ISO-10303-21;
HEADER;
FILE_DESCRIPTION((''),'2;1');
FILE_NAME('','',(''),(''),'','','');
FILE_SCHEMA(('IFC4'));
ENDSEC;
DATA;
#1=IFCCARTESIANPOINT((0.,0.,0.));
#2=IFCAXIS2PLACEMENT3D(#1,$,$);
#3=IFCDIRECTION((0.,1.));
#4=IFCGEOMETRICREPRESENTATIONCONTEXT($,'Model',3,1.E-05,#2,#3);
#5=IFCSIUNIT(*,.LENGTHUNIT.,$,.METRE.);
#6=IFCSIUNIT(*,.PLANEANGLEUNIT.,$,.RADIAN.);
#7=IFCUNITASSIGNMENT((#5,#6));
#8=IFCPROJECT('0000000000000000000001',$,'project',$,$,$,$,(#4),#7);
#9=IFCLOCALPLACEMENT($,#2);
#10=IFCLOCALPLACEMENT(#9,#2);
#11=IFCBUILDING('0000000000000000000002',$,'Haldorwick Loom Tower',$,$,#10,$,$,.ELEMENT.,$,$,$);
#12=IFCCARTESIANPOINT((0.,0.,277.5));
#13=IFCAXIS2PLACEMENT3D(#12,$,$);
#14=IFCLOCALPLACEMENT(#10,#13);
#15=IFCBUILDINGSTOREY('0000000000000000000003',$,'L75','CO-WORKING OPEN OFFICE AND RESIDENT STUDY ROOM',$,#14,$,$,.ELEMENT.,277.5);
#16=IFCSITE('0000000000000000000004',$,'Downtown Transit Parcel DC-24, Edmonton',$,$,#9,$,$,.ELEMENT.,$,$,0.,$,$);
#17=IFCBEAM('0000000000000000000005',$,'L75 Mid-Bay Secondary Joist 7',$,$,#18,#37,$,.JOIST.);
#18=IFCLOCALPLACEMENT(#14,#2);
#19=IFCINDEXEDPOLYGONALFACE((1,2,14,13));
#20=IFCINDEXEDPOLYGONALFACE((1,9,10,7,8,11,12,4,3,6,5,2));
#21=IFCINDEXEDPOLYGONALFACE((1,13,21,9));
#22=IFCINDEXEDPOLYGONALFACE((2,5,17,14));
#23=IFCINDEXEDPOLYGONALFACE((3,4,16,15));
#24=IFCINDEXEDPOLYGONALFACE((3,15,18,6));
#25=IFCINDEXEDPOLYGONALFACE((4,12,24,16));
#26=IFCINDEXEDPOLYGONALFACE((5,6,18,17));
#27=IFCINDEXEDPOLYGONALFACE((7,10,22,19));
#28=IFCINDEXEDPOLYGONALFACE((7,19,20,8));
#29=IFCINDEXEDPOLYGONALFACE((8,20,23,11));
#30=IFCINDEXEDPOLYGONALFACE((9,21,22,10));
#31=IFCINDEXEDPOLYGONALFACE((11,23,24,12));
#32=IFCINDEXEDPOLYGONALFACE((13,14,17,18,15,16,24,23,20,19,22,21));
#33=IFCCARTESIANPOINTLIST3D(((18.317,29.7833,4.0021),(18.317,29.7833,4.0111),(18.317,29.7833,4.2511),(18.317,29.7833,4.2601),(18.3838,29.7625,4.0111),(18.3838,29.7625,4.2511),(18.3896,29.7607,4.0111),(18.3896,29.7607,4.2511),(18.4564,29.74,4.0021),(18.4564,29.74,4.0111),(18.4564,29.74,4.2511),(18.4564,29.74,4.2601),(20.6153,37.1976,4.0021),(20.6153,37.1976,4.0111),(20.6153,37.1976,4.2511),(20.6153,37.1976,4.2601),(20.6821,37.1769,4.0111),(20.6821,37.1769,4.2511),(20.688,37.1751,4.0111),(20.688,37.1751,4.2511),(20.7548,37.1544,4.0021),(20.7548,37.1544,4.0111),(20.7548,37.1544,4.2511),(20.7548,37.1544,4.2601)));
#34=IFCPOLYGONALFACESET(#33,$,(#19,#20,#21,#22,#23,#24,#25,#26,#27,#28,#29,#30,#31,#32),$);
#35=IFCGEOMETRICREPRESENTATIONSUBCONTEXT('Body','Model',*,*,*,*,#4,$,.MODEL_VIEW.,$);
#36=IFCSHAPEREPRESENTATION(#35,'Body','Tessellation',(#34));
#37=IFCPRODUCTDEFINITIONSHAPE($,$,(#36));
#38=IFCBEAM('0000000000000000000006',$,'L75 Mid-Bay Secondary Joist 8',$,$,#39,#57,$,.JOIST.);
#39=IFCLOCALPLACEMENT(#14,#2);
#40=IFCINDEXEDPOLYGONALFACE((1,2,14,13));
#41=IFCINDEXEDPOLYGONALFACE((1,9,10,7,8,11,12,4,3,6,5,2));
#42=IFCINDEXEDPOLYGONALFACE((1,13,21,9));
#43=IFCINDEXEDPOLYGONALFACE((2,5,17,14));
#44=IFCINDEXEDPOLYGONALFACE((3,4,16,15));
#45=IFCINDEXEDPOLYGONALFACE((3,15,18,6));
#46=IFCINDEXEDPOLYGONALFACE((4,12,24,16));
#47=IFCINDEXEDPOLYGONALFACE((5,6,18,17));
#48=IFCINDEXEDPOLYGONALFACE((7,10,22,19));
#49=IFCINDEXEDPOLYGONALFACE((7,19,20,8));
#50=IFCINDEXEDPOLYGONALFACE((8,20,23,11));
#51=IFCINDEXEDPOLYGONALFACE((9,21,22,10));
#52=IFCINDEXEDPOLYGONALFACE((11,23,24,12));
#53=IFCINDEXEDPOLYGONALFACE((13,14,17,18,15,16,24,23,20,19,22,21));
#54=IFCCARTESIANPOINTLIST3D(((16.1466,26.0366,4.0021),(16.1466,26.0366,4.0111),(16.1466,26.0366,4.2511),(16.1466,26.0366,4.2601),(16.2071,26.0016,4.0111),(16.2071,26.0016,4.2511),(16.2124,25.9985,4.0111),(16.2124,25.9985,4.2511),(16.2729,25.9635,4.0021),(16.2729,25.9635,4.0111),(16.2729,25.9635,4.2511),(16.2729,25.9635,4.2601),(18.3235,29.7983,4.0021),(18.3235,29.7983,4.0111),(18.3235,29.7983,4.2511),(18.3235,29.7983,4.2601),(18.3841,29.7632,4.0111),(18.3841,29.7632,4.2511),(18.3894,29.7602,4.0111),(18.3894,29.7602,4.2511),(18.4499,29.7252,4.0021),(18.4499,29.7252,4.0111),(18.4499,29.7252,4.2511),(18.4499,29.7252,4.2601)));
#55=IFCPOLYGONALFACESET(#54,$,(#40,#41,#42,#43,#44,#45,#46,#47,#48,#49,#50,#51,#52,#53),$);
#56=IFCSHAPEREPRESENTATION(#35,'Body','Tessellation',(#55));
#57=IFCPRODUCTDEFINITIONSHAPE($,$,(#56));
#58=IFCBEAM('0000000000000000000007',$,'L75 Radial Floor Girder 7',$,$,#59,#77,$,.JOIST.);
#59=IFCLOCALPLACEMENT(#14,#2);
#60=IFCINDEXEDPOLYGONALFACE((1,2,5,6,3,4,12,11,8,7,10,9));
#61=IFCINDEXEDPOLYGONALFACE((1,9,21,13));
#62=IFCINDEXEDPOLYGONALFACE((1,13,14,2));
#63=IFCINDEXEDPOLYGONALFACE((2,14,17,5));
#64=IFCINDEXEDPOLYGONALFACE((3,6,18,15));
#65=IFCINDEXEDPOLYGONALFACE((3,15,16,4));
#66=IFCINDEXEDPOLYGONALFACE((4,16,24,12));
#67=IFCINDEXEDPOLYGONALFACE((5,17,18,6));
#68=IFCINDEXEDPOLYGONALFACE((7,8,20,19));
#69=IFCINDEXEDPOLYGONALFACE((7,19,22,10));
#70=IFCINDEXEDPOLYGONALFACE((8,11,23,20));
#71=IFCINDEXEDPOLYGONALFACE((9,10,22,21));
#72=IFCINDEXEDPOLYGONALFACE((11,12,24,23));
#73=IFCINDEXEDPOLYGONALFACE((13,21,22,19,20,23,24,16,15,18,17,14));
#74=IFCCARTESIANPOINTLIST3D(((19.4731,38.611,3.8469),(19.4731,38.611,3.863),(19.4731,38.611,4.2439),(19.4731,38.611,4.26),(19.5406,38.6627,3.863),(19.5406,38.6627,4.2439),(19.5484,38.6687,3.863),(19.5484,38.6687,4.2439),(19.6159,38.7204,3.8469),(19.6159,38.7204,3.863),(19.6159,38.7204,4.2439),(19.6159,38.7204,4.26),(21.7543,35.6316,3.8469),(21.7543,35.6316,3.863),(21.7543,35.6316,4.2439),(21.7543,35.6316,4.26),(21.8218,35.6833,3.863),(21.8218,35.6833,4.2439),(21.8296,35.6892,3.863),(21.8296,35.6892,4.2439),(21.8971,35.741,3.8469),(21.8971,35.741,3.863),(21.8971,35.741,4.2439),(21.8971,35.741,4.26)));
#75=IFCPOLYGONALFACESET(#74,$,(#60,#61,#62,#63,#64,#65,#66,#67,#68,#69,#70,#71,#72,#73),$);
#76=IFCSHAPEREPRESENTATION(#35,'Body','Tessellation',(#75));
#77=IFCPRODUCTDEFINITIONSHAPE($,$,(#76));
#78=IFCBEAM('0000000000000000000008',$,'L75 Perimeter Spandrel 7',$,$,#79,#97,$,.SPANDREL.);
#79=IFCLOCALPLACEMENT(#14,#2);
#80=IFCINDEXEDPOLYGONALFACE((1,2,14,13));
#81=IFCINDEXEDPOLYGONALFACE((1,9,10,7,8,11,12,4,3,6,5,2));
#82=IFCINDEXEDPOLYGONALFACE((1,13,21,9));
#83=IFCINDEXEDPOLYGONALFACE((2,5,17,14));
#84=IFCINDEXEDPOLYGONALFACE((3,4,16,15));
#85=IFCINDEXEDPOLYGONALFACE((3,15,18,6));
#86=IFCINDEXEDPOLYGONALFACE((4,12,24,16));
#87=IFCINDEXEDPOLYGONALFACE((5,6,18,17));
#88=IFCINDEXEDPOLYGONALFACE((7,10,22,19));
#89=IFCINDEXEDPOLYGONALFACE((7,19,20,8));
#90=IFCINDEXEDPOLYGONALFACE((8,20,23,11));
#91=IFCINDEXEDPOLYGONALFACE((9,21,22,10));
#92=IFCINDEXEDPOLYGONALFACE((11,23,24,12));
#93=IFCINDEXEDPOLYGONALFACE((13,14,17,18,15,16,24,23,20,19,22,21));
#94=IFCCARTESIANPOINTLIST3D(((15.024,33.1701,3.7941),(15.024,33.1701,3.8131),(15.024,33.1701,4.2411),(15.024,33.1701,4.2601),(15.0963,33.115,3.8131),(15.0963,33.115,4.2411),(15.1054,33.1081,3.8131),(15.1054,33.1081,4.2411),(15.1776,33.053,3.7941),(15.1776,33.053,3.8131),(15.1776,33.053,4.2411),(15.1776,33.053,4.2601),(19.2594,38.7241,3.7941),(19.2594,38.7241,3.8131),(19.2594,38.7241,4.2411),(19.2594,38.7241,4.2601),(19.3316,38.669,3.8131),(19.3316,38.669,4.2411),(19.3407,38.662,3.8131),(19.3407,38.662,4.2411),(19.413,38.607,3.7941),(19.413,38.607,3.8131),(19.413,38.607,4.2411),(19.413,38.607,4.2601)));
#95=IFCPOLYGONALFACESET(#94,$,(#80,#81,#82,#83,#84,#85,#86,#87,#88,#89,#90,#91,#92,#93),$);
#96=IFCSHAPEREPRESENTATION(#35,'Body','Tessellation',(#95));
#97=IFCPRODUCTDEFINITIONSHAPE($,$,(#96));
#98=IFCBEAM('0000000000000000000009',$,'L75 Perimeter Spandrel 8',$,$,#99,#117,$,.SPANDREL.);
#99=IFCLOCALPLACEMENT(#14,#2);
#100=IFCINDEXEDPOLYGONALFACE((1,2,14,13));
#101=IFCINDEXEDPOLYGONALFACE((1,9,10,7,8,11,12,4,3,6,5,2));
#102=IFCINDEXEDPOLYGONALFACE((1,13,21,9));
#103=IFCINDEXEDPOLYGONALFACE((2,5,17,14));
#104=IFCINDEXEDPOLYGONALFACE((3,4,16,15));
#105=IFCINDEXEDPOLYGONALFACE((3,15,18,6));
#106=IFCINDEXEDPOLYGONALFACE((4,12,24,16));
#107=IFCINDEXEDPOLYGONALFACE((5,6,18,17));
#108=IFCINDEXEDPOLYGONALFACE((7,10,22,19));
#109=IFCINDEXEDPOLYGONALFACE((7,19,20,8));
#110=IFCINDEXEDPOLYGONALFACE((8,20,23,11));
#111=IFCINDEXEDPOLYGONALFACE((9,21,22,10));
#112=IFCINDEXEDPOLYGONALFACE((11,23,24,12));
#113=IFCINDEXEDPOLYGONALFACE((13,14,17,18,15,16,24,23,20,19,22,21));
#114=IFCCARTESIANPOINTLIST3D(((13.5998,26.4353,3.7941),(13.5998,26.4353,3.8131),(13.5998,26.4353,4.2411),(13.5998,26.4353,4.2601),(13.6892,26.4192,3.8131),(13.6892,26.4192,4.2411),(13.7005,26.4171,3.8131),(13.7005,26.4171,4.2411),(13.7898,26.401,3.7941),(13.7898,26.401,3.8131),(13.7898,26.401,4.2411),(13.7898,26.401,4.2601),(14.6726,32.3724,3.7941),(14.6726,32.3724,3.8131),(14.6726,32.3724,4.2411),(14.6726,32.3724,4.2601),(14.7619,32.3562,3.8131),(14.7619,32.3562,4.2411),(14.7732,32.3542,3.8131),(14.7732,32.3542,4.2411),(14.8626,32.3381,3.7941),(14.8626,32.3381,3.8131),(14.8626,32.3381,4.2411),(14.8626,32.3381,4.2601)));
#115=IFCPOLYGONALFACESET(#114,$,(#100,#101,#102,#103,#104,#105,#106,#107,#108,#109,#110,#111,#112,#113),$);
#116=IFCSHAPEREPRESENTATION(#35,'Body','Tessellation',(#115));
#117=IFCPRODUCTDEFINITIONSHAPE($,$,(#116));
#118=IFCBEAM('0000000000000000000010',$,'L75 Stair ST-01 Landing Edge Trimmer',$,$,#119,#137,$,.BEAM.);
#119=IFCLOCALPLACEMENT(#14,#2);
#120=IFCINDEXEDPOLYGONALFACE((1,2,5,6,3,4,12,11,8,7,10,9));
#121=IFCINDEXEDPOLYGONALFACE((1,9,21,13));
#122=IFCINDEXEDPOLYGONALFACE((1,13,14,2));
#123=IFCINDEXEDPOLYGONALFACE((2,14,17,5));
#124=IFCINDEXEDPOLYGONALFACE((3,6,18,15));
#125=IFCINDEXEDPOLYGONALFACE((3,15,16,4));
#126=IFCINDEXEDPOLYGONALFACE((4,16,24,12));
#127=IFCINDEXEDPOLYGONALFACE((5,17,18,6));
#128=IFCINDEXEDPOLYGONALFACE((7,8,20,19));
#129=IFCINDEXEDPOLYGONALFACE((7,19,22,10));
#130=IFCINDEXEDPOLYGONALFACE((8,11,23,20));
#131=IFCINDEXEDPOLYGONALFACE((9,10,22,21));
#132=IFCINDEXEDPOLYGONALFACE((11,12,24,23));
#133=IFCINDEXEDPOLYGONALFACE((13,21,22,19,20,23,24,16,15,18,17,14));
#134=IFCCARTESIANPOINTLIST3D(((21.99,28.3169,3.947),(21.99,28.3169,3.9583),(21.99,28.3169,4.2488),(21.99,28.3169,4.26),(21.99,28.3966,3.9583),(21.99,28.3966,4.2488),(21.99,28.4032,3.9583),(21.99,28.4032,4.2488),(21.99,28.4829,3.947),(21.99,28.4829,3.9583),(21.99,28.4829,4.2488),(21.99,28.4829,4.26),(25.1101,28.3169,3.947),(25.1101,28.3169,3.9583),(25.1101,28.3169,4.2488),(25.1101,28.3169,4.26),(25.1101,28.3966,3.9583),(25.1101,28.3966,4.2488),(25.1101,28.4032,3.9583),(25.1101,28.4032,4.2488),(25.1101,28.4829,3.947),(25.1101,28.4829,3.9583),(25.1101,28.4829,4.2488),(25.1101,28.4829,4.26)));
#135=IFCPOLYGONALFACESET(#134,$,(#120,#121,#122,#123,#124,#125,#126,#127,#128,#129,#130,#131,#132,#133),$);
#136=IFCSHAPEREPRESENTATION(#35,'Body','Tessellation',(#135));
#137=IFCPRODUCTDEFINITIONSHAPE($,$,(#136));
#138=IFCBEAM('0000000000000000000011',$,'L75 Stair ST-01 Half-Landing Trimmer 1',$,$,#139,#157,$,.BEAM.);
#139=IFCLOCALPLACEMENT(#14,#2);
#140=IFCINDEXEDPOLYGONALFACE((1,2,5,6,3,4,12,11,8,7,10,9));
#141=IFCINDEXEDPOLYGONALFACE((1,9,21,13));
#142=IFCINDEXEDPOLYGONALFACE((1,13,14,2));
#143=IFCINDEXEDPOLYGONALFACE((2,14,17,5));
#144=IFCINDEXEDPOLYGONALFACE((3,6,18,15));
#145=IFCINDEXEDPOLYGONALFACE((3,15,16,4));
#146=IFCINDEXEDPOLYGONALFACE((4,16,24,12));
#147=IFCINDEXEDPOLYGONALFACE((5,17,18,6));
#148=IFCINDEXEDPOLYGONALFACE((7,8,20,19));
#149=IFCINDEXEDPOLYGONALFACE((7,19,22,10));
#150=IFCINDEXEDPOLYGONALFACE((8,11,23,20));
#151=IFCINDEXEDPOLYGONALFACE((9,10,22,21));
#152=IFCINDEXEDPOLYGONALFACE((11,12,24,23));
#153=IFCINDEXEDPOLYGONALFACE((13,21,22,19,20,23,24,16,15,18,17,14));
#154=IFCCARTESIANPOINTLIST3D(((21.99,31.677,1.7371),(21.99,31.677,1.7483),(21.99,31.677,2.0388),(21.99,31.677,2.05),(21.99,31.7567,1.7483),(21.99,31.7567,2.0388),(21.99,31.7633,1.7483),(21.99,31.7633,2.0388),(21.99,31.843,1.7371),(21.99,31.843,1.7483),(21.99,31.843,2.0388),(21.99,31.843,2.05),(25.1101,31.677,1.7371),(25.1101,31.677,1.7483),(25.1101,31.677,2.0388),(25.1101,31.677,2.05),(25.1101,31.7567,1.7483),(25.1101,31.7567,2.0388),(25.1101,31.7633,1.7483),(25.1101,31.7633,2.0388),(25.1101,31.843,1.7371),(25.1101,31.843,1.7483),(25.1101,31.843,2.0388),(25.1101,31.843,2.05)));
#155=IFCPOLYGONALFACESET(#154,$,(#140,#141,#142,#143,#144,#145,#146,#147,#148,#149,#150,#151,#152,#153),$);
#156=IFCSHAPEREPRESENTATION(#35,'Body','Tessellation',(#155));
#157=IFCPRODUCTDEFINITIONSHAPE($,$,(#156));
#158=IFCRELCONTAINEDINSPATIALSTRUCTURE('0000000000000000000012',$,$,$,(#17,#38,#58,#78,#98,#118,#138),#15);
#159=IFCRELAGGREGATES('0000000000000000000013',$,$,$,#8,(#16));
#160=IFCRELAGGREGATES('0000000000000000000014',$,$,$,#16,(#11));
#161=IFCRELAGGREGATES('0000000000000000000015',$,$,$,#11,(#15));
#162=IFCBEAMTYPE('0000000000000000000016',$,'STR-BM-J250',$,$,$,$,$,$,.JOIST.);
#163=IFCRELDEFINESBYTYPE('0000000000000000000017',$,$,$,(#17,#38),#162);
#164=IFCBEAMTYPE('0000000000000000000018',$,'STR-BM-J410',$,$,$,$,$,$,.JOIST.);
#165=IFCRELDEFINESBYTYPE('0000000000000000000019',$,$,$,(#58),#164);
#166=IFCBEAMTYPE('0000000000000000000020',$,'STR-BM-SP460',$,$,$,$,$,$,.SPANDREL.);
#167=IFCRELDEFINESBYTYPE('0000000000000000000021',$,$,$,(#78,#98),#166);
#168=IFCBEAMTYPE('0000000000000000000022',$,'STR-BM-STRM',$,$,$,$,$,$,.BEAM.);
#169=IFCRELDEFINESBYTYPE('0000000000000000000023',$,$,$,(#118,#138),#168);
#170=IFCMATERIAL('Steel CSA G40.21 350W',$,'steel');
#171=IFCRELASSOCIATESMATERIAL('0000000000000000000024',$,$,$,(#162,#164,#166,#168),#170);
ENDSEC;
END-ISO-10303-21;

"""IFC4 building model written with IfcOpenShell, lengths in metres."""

from ifc_helpers import new_model, si_unit, direction, frame, origin, origin_2d, place, context, subcontext, project, spatial, i_section, extrude, material, material_profile, profile_set, type_object, element, save


model = new_model("IFC4")

# Units and contexts
model_context = context("Model", 3, precision=1e-05, world=origin(), true_north=direction((0.0, 1.0)))
body_context = subcontext(model_context, "Body", "Model", "MODEL_VIEW")
ifc_project = project(units=[si_unit("LENGTHUNIT", "METRE"), si_unit("PLANEANGLEUNIT", "RADIAN")], contexts=[model_context])

# Site, building, storey
site_placement = place(None, origin())
site = spatial("IfcSite", under=ifc_project, at=site_placement, Name="Downtown Transit Parcel DC-24, Edmonton", CompositionType="ELEMENT", RefElevation=0.0)
building_placement = place(site_placement, origin())
building = spatial("IfcBuilding", under=site, at=building_placement, Name="Haldorwick Loom Tower", CompositionType="ELEMENT")
storey_placement = place(building_placement, frame((0.0, 0.0, 277.5)))
storey = spatial("IfcBuildingStorey", under=building, at=storey_placement, Name="L75", Description="CO-WORKING OPEN OFFICE AND RESIDENT STUDY ROOM", CompositionType="ELEMENT", Elevation=277.5)

# Shared definitions
ifc_material_1 = material(Name="Steel CSA G40.21 350W", Category="steel")

# Beams
ifc_material_profile_1 = material_profile(ifc_material_1, i_section(OverallWidth=0.146, OverallDepth=0.2581, WebThickness=0.0061, FlangeThickness=0.009, at=origin_2d()), Name="W250X33", Category="steel")
ifc_profile_set_1 = profile_set([ifc_material_profile_1], Name="Steel CSA G40.21 350W")
beam_type_1 = type_object("IfcBeamType", Name="STR-BM-J250", PredefinedType="JOIST", material=ifc_profile_set_1)
beam_1_placement = place(storey_placement, frame((20.6851, 37.176, 4.1311), z_axis=(-0.296088, -0.955161, 0.0), x_axis=(0.955161, -0.296088, 0.0)))
element("IfcBeam", 1, at=beam_1_placement, inside=storey, type_object=beam_type_1, Name="L75 Mid-Bay Secondary Joist 7", PredefinedType="JOIST", context=body_context, shape_type="SweptSolid", body=[
    extrude(i_section(OverallWidth=0.146, OverallDepth=0.2581, WebThickness=0.0061, FlangeThickness=0.009, at=origin_2d()), origin(), (0.0, 0.0, 1.0), 7.7625),
])
beam_2_placement = place(storey_placement, frame((18.3867, 29.7617, 4.1311), z_axis=(-0.500892, -0.86551, 0.0), x_axis=(0.86551, -0.500892, 0.0)))
element("IfcBeam", 2, at=beam_2_placement, inside=storey, type_object=beam_type_1, Name="L75 Mid-Bay Secondary Joist 8", PredefinedType="JOIST", context=body_context, shape_type="SweptSolid", body=[
    extrude(i_section(OverallWidth=0.146, OverallDepth=0.2581, WebThickness=0.0061, FlangeThickness=0.009, at=origin_2d()), origin(), (0.0, 0.0, 1.0), 4.3462),
])
ifc_material_profile_2 = material_profile(ifc_material_1, i_section(OverallWidth=0.1799, OverallDepth=0.4131, WebThickness=0.0098, FlangeThickness=0.0161, at=origin_2d()), Name="W410X74", Category="steel")
ifc_profile_set_2 = profile_set([ifc_material_profile_2], Name="Steel CSA G40.21 350W")
beam_type_2 = type_object("IfcBeamType", Name="STR-BM-J410", PredefinedType="JOIST", material=ifc_profile_set_2)
beam_3_placement = place(storey_placement, frame((21.8257, 35.6863, 4.0535), z_axis=(-0.607923, 0.793996, 0.0), x_axis=(-0.793996, -0.607923, 0.0)))
element("IfcBeam", 3, at=beam_3_placement, inside=storey, type_object=beam_type_2, Name="L75 Radial Floor Girder 7", PredefinedType="JOIST", context=body_context, shape_type="SweptSolid", body=[
    extrude(i_section(OverallWidth=0.1799, OverallDepth=0.4131, WebThickness=0.0098, FlangeThickness=0.0161, at=origin_2d()), origin(), (0.0, 0.0, 1.0), 3.7524),
])
ifc_material_profile_3 = material_profile(ifc_material_1, i_section(OverallWidth=0.1931, OverallDepth=0.4661, WebThickness=0.0115, FlangeThickness=0.019, at=origin_2d()), Name="W460X97", Category="steel")
ifc_profile_set_3 = profile_set([ifc_material_profile_3], Name="Steel CSA G40.21 350W")
beam_type_3 = type_object("IfcBeamType", Name="STR-BM-SP460", PredefinedType="SPANDREL", material=ifc_profile_set_3)
beam_4_placement = place(storey_placement, frame((19.3362, 38.6655, 4.0271), z_axis=(-0.606384, -0.795172, 0.0), x_axis=(0.795172, -0.606384, 0.0)))
element("IfcBeam", 4, at=beam_4_placement, inside=storey, type_object=beam_type_3, Name="L75 Perimeter Spandrel 7", PredefinedType="SPANDREL", context=body_context, shape_type="SweptSolid", body=[
    extrude(i_section(OverallWidth=0.1931, OverallDepth=0.4661, WebThickness=0.0115, FlangeThickness=0.019, at=origin_2d()), origin(), (0.0, 0.0, 1.0), 6.9846),
])
beam_5_placement = place(storey_placement, frame((14.7676, 32.3552, 4.0271), z_axis=(-0.17781, -0.984065, 0.0), x_axis=(0.984065, -0.17781, 0.0)))
element("IfcBeam", 5, at=beam_5_placement, inside=storey, type_object=beam_type_3, Name="L75 Perimeter Spandrel 8", PredefinedType="SPANDREL", context=body_context, shape_type="SweptSolid", body=[
    extrude(i_section(OverallWidth=0.1931, OverallDepth=0.4661, WebThickness=0.0115, FlangeThickness=0.019, at=origin_2d()), origin(), (0.0, 0.0, 1.0), 6.0332),
])
ifc_material_profile_4 = material_profile(ifc_material_1, i_section(OverallWidth=0.166, OverallDepth=0.313, WebThickness=0.0066, FlangeThickness=0.0112, at=origin_2d()), Name="W310X45", Category="steel")
ifc_profile_set_4 = profile_set([ifc_material_profile_4], Name="Steel CSA G40.21 350W")
beam_type_4 = type_object("IfcBeamType", Name="STR-BM-STRM", PredefinedType="BEAM", material=ifc_profile_set_4)
for number, where, z_axis, x_axis, name in (
    (6, (21.99, 28.3999, 4.1035), (1.0, 0.0, 0.0), (0.0, 1.0, 0.0), "L75 Stair ST-01 Landing Edge Trimmer"),
    (7, (21.99, 31.76, 1.8936), (1.0, 0.0, 0.0), (0.0, 1.0, 0.0), "L75 Stair ST-01 Half-Landing Trimmer 1"),
):
    element("IfcBeam", number, at=place(storey_placement, frame(where, z_axis=z_axis, x_axis=x_axis)), inside=storey, type_object=beam_type_4, Name=name, PredefinedType="BEAM", context=body_context, shape_type="SweptSolid", body=[
        extrude(i_section(OverallWidth=0.166, OverallDepth=0.313, WebThickness=0.0066, FlangeThickness=0.0112, at=origin_2d()), origin(), (0.0, 0.0, 1.0), 3.1201),
    ])

save(model, "model.ifc")
